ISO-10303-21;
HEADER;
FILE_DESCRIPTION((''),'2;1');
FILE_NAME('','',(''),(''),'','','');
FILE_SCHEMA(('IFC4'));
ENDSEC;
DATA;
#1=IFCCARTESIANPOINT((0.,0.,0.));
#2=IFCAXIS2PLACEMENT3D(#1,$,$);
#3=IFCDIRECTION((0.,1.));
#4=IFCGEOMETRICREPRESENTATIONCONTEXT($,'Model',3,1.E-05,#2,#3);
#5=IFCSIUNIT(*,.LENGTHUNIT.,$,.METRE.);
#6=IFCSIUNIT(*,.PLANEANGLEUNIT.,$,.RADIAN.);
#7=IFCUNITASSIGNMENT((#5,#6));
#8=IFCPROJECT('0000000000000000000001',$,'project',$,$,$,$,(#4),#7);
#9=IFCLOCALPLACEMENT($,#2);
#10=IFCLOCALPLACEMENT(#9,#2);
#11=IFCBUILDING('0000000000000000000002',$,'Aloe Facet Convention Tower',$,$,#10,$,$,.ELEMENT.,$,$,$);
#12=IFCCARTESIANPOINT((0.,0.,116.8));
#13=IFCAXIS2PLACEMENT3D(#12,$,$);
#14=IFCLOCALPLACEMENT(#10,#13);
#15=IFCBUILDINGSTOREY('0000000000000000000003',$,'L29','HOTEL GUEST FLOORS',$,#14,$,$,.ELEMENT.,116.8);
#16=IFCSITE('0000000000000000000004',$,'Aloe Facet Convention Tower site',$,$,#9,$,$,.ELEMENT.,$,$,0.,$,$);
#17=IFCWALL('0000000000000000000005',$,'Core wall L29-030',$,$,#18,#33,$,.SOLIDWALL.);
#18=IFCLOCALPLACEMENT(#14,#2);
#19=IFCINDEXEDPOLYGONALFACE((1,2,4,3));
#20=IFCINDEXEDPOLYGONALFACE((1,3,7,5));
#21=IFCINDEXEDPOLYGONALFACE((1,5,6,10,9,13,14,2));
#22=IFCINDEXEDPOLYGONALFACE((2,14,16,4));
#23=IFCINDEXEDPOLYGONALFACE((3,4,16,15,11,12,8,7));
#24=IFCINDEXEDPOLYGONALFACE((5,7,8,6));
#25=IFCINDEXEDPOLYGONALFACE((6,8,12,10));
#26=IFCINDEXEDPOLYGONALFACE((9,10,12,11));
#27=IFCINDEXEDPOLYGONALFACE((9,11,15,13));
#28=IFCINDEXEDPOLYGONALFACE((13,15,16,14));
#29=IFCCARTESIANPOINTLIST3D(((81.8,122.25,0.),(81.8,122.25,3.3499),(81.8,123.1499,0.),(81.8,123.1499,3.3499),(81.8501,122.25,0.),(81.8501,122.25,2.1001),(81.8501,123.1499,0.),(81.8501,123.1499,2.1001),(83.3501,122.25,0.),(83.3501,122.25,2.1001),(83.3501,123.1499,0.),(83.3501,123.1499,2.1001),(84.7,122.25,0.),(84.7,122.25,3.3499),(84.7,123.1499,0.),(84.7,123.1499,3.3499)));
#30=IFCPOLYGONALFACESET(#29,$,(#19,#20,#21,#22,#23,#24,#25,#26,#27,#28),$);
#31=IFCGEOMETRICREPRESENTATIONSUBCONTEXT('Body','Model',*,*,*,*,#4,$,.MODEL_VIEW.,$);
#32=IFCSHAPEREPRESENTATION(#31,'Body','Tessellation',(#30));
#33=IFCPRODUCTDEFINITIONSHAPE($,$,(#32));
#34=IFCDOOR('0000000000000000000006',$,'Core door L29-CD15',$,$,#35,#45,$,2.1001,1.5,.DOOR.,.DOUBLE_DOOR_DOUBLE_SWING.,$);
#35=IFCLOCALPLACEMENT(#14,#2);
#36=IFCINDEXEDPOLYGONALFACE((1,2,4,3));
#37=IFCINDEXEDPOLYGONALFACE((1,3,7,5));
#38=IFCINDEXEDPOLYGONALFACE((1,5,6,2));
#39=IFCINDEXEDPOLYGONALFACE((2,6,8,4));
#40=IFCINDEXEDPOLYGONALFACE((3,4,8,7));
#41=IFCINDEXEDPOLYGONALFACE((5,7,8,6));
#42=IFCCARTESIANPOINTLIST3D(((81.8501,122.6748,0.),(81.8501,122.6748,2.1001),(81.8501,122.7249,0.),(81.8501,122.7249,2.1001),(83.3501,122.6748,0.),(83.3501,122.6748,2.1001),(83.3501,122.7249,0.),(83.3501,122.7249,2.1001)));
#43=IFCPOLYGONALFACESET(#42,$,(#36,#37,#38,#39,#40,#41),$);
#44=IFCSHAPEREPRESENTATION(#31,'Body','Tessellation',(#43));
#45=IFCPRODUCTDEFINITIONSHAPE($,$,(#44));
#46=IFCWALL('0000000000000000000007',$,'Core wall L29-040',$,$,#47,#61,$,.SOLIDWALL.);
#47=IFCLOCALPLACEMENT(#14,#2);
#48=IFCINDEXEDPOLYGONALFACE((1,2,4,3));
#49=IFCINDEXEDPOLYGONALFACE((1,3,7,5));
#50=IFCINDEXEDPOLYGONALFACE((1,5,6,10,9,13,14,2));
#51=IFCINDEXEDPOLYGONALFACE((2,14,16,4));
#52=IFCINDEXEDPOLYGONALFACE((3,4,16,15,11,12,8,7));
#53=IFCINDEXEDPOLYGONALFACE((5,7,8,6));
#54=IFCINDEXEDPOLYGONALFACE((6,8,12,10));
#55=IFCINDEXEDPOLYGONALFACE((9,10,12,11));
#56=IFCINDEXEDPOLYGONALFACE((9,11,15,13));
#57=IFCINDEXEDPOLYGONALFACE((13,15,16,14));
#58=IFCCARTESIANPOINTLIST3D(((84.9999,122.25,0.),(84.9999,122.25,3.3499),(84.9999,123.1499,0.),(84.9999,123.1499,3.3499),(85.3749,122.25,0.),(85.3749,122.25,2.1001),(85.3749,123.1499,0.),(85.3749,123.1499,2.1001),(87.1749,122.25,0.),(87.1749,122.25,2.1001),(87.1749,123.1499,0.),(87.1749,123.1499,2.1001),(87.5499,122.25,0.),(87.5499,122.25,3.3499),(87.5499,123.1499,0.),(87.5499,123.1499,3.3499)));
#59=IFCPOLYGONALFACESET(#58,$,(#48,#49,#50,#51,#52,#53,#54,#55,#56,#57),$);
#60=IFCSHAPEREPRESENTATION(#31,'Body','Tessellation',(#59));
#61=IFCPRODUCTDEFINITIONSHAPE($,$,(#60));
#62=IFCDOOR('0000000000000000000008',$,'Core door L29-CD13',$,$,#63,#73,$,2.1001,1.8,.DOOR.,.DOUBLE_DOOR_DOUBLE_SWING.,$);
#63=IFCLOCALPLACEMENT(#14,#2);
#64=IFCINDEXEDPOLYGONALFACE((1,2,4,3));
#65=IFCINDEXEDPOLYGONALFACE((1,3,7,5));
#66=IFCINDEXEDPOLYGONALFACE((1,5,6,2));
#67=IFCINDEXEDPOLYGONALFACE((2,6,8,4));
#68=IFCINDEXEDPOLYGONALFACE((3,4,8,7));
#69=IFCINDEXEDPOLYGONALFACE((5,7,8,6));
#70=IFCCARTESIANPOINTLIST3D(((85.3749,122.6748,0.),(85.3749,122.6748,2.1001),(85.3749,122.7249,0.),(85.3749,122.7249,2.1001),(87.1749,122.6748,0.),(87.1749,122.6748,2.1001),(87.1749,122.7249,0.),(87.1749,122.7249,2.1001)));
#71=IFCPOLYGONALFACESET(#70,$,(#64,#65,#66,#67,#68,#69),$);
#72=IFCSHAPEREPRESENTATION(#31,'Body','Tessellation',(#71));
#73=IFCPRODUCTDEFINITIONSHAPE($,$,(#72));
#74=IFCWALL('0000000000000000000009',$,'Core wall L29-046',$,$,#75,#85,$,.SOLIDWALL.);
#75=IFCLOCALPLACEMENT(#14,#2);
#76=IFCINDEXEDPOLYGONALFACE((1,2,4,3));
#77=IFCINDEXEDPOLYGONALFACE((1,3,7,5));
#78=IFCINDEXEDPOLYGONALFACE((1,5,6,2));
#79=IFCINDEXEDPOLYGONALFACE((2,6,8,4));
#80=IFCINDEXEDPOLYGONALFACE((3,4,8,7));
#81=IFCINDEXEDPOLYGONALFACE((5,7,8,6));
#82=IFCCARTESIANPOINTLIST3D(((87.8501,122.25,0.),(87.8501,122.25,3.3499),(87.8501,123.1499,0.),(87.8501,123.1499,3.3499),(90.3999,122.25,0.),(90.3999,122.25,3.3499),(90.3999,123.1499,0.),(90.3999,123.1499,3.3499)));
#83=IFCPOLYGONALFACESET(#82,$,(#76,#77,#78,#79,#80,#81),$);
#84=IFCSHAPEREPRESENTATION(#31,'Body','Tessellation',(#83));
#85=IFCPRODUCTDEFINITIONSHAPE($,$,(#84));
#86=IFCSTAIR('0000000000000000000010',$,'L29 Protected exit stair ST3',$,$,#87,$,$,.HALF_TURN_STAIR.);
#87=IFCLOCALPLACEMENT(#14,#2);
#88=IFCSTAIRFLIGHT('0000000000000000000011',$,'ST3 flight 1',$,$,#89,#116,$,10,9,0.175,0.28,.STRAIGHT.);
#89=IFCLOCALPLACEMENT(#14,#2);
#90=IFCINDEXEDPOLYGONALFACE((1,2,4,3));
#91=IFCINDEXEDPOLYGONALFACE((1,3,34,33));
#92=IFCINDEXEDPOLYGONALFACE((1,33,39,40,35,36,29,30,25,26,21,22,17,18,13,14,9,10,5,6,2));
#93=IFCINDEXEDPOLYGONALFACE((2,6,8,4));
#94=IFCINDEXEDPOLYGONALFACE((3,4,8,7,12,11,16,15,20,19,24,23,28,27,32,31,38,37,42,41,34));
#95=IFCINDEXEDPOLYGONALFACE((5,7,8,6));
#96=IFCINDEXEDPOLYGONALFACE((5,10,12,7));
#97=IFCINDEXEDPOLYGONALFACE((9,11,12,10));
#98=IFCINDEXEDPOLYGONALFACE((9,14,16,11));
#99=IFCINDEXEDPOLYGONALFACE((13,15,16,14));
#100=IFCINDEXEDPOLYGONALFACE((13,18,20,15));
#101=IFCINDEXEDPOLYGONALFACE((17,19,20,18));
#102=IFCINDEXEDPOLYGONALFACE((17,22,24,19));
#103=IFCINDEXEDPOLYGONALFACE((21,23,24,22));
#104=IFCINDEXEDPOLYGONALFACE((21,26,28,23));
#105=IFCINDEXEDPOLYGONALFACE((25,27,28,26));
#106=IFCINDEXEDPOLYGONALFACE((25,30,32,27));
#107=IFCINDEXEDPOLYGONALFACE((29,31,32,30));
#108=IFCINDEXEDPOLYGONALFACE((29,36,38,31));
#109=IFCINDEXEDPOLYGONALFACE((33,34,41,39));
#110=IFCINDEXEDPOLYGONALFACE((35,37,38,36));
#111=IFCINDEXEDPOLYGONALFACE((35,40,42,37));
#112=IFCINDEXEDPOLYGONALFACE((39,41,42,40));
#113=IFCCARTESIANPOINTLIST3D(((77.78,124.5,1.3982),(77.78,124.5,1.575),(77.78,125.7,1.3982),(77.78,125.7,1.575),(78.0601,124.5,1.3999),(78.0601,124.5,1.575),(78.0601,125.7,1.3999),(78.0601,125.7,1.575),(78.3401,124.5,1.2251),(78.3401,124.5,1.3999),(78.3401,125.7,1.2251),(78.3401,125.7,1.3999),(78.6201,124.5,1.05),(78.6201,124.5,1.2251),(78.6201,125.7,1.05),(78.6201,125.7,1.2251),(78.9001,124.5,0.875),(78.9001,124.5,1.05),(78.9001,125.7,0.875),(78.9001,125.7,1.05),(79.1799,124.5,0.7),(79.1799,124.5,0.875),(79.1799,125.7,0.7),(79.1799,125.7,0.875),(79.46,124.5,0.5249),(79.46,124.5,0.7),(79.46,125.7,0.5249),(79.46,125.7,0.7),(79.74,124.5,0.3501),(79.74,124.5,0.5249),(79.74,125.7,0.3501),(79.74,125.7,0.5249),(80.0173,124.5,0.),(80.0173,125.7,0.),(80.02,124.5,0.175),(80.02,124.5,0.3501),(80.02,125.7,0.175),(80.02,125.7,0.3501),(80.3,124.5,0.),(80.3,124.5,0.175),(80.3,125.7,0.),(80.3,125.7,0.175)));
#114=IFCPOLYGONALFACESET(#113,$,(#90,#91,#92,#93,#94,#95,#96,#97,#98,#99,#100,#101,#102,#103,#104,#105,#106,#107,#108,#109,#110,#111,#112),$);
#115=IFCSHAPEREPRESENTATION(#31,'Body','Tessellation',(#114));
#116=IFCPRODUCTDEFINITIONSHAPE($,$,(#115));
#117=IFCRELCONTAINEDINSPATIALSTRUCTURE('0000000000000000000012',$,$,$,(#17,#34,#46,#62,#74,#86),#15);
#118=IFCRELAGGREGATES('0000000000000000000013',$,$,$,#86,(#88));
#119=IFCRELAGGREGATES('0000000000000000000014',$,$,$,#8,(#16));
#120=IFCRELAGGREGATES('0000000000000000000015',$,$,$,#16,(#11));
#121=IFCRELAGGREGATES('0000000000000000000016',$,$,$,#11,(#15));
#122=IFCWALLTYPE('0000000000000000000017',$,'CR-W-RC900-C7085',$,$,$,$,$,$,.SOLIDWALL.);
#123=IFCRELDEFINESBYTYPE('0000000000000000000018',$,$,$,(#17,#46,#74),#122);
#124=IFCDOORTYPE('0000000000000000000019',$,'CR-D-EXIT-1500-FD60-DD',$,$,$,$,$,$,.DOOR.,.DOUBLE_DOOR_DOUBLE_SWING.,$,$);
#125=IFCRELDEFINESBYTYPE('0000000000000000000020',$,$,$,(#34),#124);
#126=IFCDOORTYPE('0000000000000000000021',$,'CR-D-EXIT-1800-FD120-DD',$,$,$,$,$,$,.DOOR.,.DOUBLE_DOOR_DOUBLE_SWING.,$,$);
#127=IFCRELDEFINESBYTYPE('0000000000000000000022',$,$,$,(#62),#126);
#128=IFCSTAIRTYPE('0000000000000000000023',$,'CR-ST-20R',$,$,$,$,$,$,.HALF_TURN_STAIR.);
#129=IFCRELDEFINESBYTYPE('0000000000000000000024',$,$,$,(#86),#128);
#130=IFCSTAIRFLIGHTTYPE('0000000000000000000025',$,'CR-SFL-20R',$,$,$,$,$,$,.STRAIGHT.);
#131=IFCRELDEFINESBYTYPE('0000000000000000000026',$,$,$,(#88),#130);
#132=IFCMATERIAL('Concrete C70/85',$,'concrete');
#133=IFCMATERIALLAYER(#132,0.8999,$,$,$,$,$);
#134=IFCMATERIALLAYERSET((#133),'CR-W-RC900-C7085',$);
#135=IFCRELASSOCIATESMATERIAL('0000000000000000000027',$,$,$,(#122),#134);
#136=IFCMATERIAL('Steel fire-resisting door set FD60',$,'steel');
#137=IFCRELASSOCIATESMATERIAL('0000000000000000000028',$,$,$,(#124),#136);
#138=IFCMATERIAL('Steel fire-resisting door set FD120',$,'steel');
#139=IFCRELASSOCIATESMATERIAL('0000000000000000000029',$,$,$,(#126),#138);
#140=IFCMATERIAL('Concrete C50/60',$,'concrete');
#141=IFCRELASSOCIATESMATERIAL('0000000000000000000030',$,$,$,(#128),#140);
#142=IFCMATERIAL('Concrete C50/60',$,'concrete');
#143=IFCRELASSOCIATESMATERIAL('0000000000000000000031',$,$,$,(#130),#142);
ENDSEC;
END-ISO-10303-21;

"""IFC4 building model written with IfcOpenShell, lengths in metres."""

from ifc_helpers import new_model, si_unit, direction, frame, frame_2d, origin, place, context, subcontext, project, spatial, polyline, rectangle, outline, extrude, material, layer, layer_set, type_object, element, fill, aggregate, save


model = new_model("IFC4")

# Units and contexts
model_context = context("Model", 3, precision=1e-05, world=origin(), true_north=direction((0.0, 1.0)))
body_context = subcontext(model_context, "Body", "Model", "MODEL_VIEW")
ifc_project = project(units=[si_unit("LENGTHUNIT", "METRE"), si_unit("PLANEANGLEUNIT", "RADIAN")], contexts=[model_context])

# Site, building, storey
site_placement = place(None, origin())
site = spatial("IfcSite", under=ifc_project, at=site_placement, Name="Aloe Facet Convention Tower site", CompositionType="ELEMENT", RefElevation=0.0)
building_placement = place(site_placement, origin())
building = spatial("IfcBuilding", under=site, at=building_placement, Name="Aloe Facet Convention Tower", CompositionType="ELEMENT")
storey_placement = place(building_placement, frame((0.0, 0.0, 116.8)))
storey = spatial("IfcBuildingStorey", under=building, at=storey_placement, Name="L29", Description="HOTEL GUEST FLOORS", CompositionType="ELEMENT", Elevation=116.8)

# Walls, openings, doors
ifc_material_1 = material(Name="Concrete C70/85", Category="concrete")
ifc_layer_1 = layer(ifc_material_1, 0.8999)
ifc_layer_set_1 = layer_set([ifc_layer_1], Name="CR-W-RC900-C7085")
wall_type_1 = type_object("IfcWallType", Name="CR-W-RC900-C7085", PredefinedType="SOLIDWALL", material=ifc_layer_set_1)
wall_1_placement = place(storey_placement, frame((81.8, 122.7, 0.0), z_axis=(0.0, 0.0, 1.0), x_axis=(1.0, 0.0, 0.0)))
wall_1 = element("IfcWall", 1, at=wall_1_placement, inside=storey, type_object=wall_type_1, Name="Core wall L29-030", PredefinedType="SOLIDWALL", context=body_context, shape_type="SweptSolid", body=[
    extrude(rectangle(XDim=2.8999, YDim=0.8999, at=frame_2d((1.45, 0.0))), origin(), (0.0, 0.0, 1.0), 3.3499),
])
opening_1_placement = place(wall_1_placement, frame((0.05, 0.0, 0.0)))
opening_1 = element("IfcOpeningElement", 2, at=opening_1_placement, cuts=wall_1, PredefinedType="OPENING", context=body_context, shape_type="SweptSolid", body=[
    extrude(rectangle(XDim=1.5, YDim=2.1001, at=frame_2d((0.75, 1.05))), frame((0.0, 0.46, 0.0), z_axis=(0.0, -1.0, 0.0), x_axis=(1.0, 0.0, 0.0)), (0.0, 0.0, 1.0), 0.9199),
])
ifc_material_2 = material(Name="Steel fire-resisting door set FD60", Category="steel")
door_type_1 = type_object("IfcDoorType", Name="CR-D-EXIT-1500-FD60-DD", OperationType="DOUBLE_DOOR_DOUBLE_SWING", PredefinedType="DOOR", material=ifc_material_2)
door_1_placement = place(opening_1_placement, origin())
door_1 = element("IfcDoor", 3, at=door_1_placement, inside=storey, type_object=door_type_1, Name="Core door L29-CD15", OperationType="DOUBLE_DOOR_DOUBLE_SWING", OverallHeight=2.1001, OverallWidth=1.5, PredefinedType="DOOR", context=body_context, shape_type="SweptSolid", body=[
    extrude(rectangle(XDim=1.5, YDim=2.1001, at=frame_2d((0.75, 1.05))), frame((0.0, 0.0249, 0.0), z_axis=(0.0, -1.0, 0.0), x_axis=(1.0, 0.0, 0.0)), (0.0, 0.0, 1.0), 0.05),
])
fill(opening_1, door_1)
wall_2_placement = place(storey_placement, frame((85.0, 122.7, 0.0), z_axis=(0.0, 0.0, 1.0), x_axis=(1.0, 0.0, 0.0)))
wall_2 = element("IfcWall", 4, at=wall_2_placement, inside=storey, type_object=wall_type_1, Name="Core wall L29-040", PredefinedType="SOLIDWALL", context=body_context, shape_type="SweptSolid", body=[
    extrude(rectangle(XDim=2.55, YDim=0.8999, at=frame_2d((1.2749, 0.0))), origin(), (0.0, 0.0, 1.0), 3.3499),
])
opening_2_placement = place(wall_2_placement, frame((0.375, 0.0, 0.0)))
opening_2 = element("IfcOpeningElement", 5, at=opening_2_placement, cuts=wall_2, PredefinedType="OPENING", context=body_context, shape_type="SweptSolid", body=[
    extrude(rectangle(XDim=1.8, YDim=2.1001, at=frame_2d((0.8999, 1.05))), frame((0.0, 0.46, 0.0), z_axis=(0.0, -1.0, 0.0), x_axis=(1.0, 0.0, 0.0)), (0.0, 0.0, 1.0), 0.9199),
])
ifc_material_3 = material(Name="Steel fire-resisting door set FD120", Category="steel")
door_type_2 = type_object("IfcDoorType", Name="CR-D-EXIT-1800-FD120-DD", OperationType="DOUBLE_DOOR_DOUBLE_SWING", PredefinedType="DOOR", material=ifc_material_3)
door_2_placement = place(opening_2_placement, origin())
door_2 = element("IfcDoor", 6, at=door_2_placement, inside=storey, type_object=door_type_2, Name="Core door L29-CD13", OperationType="DOUBLE_DOOR_DOUBLE_SWING", OverallHeight=2.1001, OverallWidth=1.8, PredefinedType="DOOR", context=body_context, shape_type="SweptSolid", body=[
    extrude(rectangle(XDim=1.8, YDim=2.1001, at=frame_2d((0.8999, 1.05))), frame((0.0, 0.0249, 0.0), z_axis=(0.0, -1.0, 0.0), x_axis=(1.0, 0.0, 0.0)), (0.0, 0.0, 1.0), 0.05),
])
fill(opening_2, door_2)

# Wall
wall_3_placement = place(storey_placement, frame((87.8501, 122.7, 0.0), z_axis=(0.0, 0.0, 1.0), x_axis=(1.0, 0.0, 0.0)))
element("IfcWall", 7, at=wall_3_placement, inside=storey, type_object=wall_type_1, Name="Core wall L29-046", PredefinedType="SOLIDWALL", context=body_context, shape_type="SweptSolid", body=[
    extrude(rectangle(XDim=2.5498, YDim=0.8999, at=frame_2d((1.2749, 0.0))), origin(), (0.0, 0.0, 1.0), 3.3499),
])

# Stair, stair flight
ifc_material_4 = material(Name="Concrete C50/60", Category="concrete")
stair_type = type_object("IfcStairType", Name="CR-ST-20R", PredefinedType="HALF_TURN_STAIR", material=ifc_material_4)
stair_placement = place(storey_placement, origin())
stair = element("IfcStair", 8, at=stair_placement, inside=storey, type_object=stair_type, Name="L29 Protected exit stair ST3", PredefinedType="HALF_TURN_STAIR")
ifc_material_5 = material(Name="Concrete C50/60", Category="concrete")
stair_flight_type = type_object("IfcStairFlightType", Name="CR-SFL-20R", PredefinedType="STRAIGHT", material=ifc_material_5)
stair_flight_placement = place(storey_placement, frame((80.3, 125.1001, 0.0), z_axis=(0.0, 0.0, 1.0), x_axis=(-1.0, 0.0, 0.0)))
stair_flight = element("IfcStairFlight", 9, at=stair_flight_placement, type_object=stair_flight_type, Name="ST3 flight 1", NumberOfRisers=10, NumberOfTreads=9, PredefinedType="STRAIGHT", RiserHeight=0.175, TreadLength=0.28, context=body_context, shape_type="SweptSolid", body=[
    extrude(outline(polyline([(0.0, 0.0), (0.0, 0.175), (0.28, 0.175), (0.28, 0.3501), (0.5601, 0.3501), (0.5601, 0.5249), (0.8401, 0.5249), (0.8401, 0.7), (1.1201, 0.7), (1.1201, 0.875), (1.3999, 0.875), (1.3999, 1.05), (1.6799, 1.05), (1.6799, 1.2251), (1.96, 1.2251), (1.96, 1.3999), (2.24, 1.3999), (2.24, 1.575), (2.52, 1.575), (2.52, 1.75), (2.52, 1.3982), (0.2827, 0.0), (0.0, 0.0)])), frame((0.0, 0.6001, 0.0), z_axis=(0.0, -1.0, 0.0), x_axis=(1.0, 0.0, 0.0)), (0.0, 0.0, 1.0), 1.2),
])
aggregate(stair, [stair_flight])

save(model, "model.ifc")
